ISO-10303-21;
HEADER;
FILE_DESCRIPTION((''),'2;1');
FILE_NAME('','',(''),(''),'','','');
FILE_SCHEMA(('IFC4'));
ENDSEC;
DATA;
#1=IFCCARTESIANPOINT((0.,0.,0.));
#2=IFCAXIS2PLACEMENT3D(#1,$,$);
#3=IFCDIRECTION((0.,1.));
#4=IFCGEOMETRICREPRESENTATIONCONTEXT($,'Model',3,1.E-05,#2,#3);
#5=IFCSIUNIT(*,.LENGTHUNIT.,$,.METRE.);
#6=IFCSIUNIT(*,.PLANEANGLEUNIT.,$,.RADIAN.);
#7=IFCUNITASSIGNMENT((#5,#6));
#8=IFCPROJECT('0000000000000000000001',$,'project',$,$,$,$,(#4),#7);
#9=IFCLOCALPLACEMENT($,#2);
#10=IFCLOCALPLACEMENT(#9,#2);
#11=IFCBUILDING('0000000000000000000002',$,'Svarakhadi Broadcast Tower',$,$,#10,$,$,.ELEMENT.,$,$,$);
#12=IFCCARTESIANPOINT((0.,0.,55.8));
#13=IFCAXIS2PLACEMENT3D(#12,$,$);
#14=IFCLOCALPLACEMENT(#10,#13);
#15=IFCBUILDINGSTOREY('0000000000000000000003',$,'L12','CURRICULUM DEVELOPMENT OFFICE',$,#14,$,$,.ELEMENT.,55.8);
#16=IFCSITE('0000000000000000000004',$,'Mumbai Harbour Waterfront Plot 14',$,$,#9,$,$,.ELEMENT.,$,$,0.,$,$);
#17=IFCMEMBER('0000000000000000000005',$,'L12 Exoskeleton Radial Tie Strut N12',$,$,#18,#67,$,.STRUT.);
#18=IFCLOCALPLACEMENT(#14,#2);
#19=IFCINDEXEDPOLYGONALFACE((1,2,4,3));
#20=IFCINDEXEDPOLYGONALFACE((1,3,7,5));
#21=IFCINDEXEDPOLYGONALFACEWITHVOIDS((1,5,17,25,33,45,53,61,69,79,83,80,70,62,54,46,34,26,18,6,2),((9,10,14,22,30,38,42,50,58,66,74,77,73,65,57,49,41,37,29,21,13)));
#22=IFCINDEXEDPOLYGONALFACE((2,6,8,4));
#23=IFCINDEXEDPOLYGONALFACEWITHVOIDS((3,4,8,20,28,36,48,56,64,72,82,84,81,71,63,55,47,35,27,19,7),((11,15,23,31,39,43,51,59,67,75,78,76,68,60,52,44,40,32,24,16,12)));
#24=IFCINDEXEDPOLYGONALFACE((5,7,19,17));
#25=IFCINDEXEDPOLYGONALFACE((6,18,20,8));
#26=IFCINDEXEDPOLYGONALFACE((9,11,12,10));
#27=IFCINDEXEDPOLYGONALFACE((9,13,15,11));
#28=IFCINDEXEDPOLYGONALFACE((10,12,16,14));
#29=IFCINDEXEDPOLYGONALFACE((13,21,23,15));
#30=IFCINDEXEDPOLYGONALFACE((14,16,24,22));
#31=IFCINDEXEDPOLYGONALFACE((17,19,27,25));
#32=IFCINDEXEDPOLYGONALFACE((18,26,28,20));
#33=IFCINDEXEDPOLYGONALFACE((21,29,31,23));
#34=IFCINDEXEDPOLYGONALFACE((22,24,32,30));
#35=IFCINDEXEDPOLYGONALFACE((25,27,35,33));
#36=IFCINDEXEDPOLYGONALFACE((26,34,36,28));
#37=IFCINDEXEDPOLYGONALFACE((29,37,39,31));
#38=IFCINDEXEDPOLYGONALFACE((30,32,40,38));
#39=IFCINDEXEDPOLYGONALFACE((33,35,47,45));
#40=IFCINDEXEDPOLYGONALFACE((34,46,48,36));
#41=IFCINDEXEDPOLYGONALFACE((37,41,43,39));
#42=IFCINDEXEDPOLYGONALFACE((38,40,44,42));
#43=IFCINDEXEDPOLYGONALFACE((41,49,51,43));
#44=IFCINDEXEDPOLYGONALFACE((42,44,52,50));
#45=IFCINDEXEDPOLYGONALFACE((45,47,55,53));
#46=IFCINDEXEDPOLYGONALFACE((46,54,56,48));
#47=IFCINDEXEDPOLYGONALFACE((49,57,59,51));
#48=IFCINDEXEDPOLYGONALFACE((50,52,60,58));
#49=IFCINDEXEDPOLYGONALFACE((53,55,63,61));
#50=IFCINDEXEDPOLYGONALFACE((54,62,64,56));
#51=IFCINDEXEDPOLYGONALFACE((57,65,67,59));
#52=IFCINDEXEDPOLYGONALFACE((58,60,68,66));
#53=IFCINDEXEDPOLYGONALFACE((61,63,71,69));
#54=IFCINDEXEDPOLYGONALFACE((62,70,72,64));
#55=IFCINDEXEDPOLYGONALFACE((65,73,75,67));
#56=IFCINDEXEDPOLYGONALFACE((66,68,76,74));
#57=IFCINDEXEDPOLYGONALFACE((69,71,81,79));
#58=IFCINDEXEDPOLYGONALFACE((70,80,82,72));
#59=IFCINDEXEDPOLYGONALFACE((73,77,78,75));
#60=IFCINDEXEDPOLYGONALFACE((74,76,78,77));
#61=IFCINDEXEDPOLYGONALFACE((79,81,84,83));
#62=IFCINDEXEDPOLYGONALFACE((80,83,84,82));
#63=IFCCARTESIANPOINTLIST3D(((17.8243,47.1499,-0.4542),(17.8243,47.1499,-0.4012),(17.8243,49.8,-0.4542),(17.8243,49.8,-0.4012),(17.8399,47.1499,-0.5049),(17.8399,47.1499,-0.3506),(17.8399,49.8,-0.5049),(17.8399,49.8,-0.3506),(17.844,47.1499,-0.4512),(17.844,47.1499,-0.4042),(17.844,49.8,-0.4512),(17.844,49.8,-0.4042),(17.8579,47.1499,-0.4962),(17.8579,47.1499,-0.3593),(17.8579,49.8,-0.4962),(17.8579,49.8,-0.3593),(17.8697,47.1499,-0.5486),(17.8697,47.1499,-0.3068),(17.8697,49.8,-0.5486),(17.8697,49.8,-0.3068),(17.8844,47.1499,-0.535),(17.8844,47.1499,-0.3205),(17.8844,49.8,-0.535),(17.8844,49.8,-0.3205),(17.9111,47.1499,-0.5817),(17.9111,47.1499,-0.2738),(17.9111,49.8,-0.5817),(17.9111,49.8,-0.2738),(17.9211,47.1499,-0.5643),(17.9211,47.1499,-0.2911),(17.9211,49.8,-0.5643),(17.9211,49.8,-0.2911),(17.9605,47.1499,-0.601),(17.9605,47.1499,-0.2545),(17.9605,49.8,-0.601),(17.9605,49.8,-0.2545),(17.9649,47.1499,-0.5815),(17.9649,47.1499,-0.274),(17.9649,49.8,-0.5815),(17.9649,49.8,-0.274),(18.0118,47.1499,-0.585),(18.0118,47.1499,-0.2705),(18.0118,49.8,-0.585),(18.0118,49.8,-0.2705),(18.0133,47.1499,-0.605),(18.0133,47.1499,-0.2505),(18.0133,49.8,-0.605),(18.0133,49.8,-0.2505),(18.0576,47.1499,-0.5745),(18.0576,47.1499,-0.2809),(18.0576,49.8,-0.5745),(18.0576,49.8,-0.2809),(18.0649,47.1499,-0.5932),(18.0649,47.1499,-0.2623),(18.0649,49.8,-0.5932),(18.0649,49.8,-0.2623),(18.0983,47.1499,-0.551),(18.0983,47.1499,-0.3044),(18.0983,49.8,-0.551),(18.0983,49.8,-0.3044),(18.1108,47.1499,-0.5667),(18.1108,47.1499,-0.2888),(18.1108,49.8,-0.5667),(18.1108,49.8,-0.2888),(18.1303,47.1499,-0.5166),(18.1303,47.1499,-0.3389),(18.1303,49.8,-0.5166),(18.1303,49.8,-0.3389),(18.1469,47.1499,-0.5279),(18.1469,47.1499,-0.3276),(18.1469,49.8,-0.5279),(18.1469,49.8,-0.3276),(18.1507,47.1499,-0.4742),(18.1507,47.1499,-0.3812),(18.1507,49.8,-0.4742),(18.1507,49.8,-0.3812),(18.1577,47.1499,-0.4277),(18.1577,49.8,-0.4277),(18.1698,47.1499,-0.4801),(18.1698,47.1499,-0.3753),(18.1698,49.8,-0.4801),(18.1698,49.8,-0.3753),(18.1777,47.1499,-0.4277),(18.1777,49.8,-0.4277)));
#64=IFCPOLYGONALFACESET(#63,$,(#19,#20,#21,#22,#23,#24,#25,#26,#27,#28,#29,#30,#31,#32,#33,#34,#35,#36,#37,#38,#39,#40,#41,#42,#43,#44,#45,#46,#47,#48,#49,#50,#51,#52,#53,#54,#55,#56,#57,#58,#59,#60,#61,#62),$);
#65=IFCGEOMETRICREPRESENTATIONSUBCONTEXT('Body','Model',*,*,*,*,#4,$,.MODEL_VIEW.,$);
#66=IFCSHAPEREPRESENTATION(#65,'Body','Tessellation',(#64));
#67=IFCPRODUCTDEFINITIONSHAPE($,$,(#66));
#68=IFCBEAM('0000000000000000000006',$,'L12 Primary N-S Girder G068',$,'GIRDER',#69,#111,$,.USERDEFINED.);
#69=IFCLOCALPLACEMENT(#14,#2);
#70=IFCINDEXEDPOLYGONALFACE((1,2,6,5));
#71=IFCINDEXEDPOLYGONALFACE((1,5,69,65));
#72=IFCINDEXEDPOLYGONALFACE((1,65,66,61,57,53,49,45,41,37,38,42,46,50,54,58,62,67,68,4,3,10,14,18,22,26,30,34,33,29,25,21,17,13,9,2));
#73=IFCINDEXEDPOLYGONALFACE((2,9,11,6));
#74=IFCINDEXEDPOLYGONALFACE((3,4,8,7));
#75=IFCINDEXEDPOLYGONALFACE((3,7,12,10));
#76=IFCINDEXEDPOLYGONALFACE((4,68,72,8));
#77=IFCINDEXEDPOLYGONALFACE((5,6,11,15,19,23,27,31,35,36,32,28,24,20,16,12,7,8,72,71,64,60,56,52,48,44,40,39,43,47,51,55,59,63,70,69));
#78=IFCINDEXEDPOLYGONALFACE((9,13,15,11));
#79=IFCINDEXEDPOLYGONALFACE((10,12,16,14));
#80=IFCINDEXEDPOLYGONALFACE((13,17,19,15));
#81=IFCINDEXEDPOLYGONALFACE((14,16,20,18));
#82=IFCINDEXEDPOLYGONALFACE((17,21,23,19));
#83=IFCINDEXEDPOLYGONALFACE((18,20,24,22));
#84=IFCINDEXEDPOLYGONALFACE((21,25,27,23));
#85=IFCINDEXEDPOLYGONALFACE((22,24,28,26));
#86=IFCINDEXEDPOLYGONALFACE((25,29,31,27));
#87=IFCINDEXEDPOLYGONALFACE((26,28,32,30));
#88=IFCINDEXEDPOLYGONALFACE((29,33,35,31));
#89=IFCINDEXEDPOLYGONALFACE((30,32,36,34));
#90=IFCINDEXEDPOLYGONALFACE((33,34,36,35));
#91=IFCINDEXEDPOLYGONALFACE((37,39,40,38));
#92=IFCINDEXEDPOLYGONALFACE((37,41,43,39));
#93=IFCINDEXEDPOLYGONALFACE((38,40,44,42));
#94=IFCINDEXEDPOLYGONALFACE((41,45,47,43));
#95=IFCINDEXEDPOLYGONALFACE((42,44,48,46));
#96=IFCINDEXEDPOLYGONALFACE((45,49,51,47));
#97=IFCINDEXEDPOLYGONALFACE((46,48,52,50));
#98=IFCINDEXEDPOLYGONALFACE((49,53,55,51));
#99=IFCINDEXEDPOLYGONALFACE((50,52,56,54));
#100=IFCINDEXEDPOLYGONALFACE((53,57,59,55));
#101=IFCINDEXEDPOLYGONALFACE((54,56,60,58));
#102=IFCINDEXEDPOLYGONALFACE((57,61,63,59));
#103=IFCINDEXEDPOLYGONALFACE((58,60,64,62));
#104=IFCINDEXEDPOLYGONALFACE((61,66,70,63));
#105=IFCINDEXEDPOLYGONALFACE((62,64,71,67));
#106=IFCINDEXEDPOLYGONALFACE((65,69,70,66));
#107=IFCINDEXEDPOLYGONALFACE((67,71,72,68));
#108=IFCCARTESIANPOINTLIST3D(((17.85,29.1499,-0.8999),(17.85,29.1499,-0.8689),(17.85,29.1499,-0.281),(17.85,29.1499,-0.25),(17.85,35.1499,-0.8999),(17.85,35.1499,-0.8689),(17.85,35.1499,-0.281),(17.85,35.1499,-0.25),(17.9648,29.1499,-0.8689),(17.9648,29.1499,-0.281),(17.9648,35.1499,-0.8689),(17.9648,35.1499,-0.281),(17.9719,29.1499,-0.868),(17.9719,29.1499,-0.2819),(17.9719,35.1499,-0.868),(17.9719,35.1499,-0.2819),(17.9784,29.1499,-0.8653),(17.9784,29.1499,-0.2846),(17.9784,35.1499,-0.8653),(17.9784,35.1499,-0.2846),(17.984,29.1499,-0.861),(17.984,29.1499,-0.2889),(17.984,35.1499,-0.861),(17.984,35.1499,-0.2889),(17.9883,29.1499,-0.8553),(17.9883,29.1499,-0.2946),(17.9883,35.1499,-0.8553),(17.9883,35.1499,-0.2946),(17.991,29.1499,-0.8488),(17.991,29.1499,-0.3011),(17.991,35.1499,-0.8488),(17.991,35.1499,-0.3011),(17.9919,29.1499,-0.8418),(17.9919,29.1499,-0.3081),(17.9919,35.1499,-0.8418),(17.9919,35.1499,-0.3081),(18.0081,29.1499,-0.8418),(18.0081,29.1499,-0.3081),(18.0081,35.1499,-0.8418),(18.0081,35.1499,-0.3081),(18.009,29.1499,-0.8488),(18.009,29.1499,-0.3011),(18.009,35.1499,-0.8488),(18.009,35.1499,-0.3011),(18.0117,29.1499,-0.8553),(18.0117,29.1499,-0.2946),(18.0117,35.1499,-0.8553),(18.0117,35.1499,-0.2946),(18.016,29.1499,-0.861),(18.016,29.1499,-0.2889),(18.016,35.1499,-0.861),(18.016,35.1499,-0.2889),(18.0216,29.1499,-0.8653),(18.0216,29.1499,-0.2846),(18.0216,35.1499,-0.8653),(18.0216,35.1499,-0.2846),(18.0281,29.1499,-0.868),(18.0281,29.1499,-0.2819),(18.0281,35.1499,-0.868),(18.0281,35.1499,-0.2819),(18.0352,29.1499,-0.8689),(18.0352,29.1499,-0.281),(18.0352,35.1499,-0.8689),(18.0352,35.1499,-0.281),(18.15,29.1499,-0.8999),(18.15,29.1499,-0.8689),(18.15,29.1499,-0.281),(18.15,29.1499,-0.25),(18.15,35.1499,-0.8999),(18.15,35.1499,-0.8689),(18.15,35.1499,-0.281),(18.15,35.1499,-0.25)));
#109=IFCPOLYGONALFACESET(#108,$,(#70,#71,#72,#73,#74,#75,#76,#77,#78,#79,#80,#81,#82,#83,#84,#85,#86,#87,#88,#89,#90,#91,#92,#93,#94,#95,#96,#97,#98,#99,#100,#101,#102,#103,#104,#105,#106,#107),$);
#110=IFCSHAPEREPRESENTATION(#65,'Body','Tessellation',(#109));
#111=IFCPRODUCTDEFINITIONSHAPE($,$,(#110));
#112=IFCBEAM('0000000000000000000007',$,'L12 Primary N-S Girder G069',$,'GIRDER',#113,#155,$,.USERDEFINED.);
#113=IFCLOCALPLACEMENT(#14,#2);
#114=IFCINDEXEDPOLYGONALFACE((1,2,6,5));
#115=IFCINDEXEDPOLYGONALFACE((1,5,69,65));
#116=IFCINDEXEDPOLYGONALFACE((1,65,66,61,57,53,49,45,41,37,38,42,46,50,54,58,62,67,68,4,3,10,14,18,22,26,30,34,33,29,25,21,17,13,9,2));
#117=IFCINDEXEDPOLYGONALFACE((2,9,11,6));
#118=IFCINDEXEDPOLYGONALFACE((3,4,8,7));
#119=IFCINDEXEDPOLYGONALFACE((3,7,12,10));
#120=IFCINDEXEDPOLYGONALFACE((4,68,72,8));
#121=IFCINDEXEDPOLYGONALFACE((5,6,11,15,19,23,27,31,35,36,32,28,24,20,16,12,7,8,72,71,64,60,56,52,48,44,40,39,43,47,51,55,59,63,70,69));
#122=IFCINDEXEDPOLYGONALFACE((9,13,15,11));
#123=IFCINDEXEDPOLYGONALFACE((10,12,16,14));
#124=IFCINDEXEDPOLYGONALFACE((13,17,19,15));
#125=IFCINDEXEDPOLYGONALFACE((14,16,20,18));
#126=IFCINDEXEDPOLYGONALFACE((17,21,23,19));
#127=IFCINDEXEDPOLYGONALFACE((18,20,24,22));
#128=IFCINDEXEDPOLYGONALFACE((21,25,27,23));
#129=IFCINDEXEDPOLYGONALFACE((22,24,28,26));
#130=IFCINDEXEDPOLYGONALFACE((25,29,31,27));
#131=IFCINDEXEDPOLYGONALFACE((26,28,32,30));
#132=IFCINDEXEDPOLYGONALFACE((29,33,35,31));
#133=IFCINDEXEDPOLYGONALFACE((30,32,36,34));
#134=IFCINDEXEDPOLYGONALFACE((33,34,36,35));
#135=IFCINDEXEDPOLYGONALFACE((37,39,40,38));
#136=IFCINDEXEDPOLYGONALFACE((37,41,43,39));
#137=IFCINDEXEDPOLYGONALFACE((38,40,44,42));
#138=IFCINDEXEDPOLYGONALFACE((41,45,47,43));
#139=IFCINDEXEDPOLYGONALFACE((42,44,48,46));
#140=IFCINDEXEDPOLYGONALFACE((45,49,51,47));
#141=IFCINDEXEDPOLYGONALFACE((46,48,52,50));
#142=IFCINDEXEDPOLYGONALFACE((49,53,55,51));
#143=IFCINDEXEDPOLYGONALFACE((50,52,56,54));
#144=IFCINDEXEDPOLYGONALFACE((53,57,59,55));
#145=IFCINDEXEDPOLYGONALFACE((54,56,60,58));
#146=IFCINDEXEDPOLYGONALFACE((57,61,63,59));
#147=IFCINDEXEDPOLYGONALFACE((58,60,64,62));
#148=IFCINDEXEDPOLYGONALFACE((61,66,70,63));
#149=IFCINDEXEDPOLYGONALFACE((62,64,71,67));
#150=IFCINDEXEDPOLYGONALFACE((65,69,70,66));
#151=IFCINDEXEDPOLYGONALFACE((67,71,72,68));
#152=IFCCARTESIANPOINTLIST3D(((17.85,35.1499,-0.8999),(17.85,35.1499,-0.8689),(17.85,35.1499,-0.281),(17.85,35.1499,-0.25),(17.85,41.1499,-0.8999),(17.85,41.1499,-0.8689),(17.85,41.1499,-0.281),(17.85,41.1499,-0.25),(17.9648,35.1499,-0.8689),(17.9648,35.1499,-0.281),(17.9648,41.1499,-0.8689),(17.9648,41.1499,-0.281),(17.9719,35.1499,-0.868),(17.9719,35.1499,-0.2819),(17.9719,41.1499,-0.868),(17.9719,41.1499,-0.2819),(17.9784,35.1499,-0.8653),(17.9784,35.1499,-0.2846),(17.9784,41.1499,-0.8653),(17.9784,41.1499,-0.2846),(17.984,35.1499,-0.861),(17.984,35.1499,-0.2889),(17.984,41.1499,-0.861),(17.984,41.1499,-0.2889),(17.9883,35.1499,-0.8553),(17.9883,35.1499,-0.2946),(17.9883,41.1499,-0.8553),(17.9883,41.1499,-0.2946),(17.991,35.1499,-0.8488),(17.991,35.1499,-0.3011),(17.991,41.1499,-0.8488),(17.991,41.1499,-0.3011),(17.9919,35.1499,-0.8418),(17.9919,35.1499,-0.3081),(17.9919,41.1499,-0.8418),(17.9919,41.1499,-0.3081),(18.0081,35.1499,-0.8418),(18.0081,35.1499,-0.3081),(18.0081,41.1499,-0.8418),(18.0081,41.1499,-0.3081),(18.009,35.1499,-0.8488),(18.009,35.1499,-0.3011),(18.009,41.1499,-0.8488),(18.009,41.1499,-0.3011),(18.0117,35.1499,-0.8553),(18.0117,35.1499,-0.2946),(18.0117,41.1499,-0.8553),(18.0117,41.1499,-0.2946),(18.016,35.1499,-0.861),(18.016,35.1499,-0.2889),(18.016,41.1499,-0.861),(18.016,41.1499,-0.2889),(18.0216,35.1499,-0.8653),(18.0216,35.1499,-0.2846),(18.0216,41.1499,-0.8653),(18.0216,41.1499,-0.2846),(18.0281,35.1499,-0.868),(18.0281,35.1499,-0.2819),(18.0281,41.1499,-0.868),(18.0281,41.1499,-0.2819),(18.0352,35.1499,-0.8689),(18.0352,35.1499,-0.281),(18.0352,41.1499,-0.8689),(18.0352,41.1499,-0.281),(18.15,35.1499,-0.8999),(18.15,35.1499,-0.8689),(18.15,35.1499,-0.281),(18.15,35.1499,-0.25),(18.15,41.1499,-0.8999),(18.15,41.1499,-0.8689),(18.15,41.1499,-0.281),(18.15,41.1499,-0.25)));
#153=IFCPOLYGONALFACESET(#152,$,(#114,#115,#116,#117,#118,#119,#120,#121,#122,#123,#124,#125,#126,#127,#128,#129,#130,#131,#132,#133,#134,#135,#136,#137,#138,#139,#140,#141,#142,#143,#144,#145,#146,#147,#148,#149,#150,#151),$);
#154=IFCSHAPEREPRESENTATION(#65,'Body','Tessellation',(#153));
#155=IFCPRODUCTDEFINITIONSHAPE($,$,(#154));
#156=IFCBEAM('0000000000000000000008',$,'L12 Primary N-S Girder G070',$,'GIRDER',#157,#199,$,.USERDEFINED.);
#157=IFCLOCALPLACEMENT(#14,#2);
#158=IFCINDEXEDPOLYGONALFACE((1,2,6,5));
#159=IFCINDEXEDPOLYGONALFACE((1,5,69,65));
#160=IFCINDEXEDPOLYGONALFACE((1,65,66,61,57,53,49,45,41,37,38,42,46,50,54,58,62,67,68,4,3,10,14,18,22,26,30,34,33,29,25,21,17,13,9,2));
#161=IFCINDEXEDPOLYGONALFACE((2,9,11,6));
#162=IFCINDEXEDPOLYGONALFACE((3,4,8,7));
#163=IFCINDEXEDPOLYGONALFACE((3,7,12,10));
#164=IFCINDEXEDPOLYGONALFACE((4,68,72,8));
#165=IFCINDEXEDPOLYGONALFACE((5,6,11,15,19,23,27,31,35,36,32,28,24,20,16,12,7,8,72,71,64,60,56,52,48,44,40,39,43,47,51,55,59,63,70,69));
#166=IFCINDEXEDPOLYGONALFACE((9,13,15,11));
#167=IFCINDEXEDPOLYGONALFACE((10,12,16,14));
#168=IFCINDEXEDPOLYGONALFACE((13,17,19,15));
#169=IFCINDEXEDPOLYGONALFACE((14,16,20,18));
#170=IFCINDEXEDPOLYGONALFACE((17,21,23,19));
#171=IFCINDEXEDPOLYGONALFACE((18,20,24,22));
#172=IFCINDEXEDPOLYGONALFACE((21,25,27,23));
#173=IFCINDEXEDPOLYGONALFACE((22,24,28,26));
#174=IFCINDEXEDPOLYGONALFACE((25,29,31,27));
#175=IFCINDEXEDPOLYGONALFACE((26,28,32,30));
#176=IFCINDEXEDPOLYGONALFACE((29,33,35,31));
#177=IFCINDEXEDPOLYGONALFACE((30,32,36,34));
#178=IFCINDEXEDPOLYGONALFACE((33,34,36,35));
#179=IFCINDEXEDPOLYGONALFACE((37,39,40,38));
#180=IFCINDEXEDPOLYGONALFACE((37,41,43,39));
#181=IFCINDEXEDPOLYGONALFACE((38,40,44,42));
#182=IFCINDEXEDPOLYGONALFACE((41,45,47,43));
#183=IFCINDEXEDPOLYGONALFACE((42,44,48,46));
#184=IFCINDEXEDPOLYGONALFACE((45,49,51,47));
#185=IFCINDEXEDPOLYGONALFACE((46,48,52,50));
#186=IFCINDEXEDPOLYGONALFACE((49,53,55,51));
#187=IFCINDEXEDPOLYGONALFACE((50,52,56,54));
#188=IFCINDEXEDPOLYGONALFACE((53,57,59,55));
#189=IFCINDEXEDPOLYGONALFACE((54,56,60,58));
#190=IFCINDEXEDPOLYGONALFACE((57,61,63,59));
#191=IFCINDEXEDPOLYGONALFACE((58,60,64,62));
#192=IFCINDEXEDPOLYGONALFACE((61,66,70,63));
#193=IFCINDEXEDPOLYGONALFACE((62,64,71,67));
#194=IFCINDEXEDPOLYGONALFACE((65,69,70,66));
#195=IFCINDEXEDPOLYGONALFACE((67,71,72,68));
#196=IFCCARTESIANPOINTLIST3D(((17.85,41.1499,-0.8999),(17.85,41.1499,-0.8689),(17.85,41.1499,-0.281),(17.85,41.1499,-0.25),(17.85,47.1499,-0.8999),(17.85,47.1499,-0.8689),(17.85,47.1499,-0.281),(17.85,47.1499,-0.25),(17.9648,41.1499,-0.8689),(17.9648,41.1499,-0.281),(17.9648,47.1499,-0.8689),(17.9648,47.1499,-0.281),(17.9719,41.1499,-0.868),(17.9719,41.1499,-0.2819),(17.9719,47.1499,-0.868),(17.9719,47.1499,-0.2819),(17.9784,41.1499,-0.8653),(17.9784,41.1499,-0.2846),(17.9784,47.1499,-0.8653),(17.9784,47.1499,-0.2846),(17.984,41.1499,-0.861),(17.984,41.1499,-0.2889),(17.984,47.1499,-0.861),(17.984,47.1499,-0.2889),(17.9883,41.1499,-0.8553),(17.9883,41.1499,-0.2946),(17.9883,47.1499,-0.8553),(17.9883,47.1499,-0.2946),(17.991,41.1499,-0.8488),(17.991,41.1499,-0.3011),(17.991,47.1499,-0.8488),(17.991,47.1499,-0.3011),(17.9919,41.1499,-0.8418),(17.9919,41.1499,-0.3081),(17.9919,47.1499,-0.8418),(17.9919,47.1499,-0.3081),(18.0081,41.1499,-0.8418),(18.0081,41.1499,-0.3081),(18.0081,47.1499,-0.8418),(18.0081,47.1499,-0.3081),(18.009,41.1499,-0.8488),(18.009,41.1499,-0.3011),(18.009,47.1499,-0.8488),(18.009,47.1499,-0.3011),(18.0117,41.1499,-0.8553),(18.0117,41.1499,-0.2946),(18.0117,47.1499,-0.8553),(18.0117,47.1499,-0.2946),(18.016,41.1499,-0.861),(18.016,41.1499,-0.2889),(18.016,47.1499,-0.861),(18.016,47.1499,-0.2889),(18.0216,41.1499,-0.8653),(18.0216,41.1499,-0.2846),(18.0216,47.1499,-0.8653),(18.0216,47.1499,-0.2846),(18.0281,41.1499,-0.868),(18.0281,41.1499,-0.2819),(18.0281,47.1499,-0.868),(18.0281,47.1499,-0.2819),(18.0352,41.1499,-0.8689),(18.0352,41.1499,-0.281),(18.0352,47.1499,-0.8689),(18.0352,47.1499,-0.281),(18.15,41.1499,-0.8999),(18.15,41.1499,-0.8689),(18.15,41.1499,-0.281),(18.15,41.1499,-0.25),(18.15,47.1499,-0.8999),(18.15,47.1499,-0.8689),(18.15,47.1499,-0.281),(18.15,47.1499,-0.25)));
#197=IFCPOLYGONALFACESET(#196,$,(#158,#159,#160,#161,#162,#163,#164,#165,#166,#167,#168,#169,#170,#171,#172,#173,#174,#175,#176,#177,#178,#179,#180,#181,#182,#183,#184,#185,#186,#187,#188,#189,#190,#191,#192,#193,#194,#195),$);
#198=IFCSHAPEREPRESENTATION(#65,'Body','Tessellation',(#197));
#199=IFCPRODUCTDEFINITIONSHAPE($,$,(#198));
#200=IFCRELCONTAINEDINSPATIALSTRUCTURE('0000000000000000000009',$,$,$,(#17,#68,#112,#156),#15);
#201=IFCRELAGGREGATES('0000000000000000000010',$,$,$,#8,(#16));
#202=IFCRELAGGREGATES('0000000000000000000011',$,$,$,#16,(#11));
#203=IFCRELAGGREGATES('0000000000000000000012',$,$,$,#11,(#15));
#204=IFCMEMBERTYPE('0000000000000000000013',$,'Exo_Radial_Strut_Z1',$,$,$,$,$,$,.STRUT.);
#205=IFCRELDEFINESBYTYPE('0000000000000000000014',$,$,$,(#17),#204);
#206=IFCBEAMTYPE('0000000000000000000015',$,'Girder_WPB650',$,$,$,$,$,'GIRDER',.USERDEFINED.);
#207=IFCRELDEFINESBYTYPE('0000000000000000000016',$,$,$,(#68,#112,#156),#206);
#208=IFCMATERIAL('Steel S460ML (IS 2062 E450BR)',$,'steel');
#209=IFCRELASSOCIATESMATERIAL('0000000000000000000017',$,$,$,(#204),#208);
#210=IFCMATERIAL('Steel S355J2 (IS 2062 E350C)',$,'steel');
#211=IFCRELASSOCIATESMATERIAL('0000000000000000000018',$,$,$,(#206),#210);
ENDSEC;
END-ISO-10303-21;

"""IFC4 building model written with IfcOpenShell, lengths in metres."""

from ifc_helpers import new_model, si_unit, direction, frame, origin, origin_2d, place, context, subcontext, project, spatial, hollow_circle, i_section, extrude, material, material_profile, profile_set, type_object, element, save


model = new_model("IFC4")

# Units and contexts
model_context = context("Model", 3, precision=1e-05, world=origin(), true_north=direction((0.0, 1.0)))
body_context = subcontext(model_context, "Body", "Model", "MODEL_VIEW")
ifc_project = project(units=[si_unit("LENGTHUNIT", "METRE"), si_unit("PLANEANGLEUNIT", "RADIAN")], contexts=[model_context])

# Site, building, storey
site_placement = place(None, origin())
site = spatial("IfcSite", under=ifc_project, at=site_placement, Name="Mumbai Harbour Waterfront Plot 14", CompositionType="ELEMENT", RefElevation=0.0)
building_placement = place(site_placement, origin())
building = spatial("IfcBuilding", under=site, at=building_placement, Name="Svarakhadi Broadcast Tower", CompositionType="ELEMENT")
storey_placement = place(building_placement, frame((0.0, 0.0, 55.8)))
storey = spatial("IfcBuildingStorey", under=building, at=storey_placement, Name="L12", Description="CURRICULUM DEVELOPMENT OFFICE", CompositionType="ELEMENT", Elevation=55.8)

# Member
ifc_material_1 = material(Name="Steel S460ML (IS 2062 E450BR)", Category="steel")
ifc_material_profile_1 = material_profile(ifc_material_1, hollow_circle(Radius=0.1777, WallThickness=0.02, at=origin_2d()), Name="CHS 355.6x20")
ifc_profile_set_1 = profile_set([ifc_material_profile_1], Name="Steel S460ML (IS 2062 E450BR)")
member_type_1 = type_object("IfcMemberType", Name="Exo_Radial_Strut_Z1", PredefinedType="STRUT", material=ifc_profile_set_1)
member_1_placement = place(storey_placement, frame((18.0, 49.8, -0.4277), z_axis=(0.0, -1.0, 0.0), x_axis=(1.0, 0.0, 0.0)))
element("IfcMember", 1, at=member_1_placement, inside=storey, type_object=member_type_1, Name="L12 Exoskeleton Radial Tie Strut N12", PredefinedType="STRUT", context=body_context, shape_type="SweptSolid", body=[
    extrude(hollow_circle(Radius=0.1777, WallThickness=0.02, at=origin_2d()), origin(), (0.0, 0.0, 1.0), 2.6501),
])

# Beams
ifc_material_2 = material(Name="Steel S355J2 (IS 2062 E350C)", Category="steel")
ifc_material_profile_2 = material_profile(ifc_material_2, i_section(OverallWidth=0.3, OverallDepth=0.6499, WebThickness=0.0161, FlangeThickness=0.031, FilletRadius=0.0271, at=origin_2d()), Name="WPB 650x300x225")
ifc_profile_set_2 = profile_set([ifc_material_profile_2], Name="Steel S355J2 (IS 2062 E350C)")
beam_type = type_object("IfcBeamType", Name="Girder_WPB650", ElementType="GIRDER", PredefinedType="USERDEFINED", material=ifc_profile_set_2)
for number, where, z_axis, x_axis, name in (
    (2, (18.0, 29.1499, -0.575), (0.0, 1.0, 0.0), (-1.0, 0.0, 0.0), "L12 Primary N-S Girder G068"),
    (3, (18.0, 35.1499, -0.575), (0.0, 1.0, 0.0), (-1.0, 0.0, 0.0), "L12 Primary N-S Girder G069"),
    (4, (18.0, 41.1499, -0.575), (0.0, 1.0, 0.0), (-1.0, 0.0, 0.0), "L12 Primary N-S Girder G070"),
):
    element("IfcBeam", number, at=place(storey_placement, frame(where, z_axis=z_axis, x_axis=x_axis)), inside=storey, type_object=beam_type, Name=name, ObjectType="GIRDER", PredefinedType="USERDEFINED", context=body_context, shape_type="SweptSolid", body=[
        extrude(i_section(OverallWidth=0.3, OverallDepth=0.6499, WebThickness=0.0161, FlangeThickness=0.031, FilletRadius=0.0271, at=origin_2d()), origin(), (0.0, 0.0, 1.0), 6.0),
    ])

save(model, "model.ifc")
